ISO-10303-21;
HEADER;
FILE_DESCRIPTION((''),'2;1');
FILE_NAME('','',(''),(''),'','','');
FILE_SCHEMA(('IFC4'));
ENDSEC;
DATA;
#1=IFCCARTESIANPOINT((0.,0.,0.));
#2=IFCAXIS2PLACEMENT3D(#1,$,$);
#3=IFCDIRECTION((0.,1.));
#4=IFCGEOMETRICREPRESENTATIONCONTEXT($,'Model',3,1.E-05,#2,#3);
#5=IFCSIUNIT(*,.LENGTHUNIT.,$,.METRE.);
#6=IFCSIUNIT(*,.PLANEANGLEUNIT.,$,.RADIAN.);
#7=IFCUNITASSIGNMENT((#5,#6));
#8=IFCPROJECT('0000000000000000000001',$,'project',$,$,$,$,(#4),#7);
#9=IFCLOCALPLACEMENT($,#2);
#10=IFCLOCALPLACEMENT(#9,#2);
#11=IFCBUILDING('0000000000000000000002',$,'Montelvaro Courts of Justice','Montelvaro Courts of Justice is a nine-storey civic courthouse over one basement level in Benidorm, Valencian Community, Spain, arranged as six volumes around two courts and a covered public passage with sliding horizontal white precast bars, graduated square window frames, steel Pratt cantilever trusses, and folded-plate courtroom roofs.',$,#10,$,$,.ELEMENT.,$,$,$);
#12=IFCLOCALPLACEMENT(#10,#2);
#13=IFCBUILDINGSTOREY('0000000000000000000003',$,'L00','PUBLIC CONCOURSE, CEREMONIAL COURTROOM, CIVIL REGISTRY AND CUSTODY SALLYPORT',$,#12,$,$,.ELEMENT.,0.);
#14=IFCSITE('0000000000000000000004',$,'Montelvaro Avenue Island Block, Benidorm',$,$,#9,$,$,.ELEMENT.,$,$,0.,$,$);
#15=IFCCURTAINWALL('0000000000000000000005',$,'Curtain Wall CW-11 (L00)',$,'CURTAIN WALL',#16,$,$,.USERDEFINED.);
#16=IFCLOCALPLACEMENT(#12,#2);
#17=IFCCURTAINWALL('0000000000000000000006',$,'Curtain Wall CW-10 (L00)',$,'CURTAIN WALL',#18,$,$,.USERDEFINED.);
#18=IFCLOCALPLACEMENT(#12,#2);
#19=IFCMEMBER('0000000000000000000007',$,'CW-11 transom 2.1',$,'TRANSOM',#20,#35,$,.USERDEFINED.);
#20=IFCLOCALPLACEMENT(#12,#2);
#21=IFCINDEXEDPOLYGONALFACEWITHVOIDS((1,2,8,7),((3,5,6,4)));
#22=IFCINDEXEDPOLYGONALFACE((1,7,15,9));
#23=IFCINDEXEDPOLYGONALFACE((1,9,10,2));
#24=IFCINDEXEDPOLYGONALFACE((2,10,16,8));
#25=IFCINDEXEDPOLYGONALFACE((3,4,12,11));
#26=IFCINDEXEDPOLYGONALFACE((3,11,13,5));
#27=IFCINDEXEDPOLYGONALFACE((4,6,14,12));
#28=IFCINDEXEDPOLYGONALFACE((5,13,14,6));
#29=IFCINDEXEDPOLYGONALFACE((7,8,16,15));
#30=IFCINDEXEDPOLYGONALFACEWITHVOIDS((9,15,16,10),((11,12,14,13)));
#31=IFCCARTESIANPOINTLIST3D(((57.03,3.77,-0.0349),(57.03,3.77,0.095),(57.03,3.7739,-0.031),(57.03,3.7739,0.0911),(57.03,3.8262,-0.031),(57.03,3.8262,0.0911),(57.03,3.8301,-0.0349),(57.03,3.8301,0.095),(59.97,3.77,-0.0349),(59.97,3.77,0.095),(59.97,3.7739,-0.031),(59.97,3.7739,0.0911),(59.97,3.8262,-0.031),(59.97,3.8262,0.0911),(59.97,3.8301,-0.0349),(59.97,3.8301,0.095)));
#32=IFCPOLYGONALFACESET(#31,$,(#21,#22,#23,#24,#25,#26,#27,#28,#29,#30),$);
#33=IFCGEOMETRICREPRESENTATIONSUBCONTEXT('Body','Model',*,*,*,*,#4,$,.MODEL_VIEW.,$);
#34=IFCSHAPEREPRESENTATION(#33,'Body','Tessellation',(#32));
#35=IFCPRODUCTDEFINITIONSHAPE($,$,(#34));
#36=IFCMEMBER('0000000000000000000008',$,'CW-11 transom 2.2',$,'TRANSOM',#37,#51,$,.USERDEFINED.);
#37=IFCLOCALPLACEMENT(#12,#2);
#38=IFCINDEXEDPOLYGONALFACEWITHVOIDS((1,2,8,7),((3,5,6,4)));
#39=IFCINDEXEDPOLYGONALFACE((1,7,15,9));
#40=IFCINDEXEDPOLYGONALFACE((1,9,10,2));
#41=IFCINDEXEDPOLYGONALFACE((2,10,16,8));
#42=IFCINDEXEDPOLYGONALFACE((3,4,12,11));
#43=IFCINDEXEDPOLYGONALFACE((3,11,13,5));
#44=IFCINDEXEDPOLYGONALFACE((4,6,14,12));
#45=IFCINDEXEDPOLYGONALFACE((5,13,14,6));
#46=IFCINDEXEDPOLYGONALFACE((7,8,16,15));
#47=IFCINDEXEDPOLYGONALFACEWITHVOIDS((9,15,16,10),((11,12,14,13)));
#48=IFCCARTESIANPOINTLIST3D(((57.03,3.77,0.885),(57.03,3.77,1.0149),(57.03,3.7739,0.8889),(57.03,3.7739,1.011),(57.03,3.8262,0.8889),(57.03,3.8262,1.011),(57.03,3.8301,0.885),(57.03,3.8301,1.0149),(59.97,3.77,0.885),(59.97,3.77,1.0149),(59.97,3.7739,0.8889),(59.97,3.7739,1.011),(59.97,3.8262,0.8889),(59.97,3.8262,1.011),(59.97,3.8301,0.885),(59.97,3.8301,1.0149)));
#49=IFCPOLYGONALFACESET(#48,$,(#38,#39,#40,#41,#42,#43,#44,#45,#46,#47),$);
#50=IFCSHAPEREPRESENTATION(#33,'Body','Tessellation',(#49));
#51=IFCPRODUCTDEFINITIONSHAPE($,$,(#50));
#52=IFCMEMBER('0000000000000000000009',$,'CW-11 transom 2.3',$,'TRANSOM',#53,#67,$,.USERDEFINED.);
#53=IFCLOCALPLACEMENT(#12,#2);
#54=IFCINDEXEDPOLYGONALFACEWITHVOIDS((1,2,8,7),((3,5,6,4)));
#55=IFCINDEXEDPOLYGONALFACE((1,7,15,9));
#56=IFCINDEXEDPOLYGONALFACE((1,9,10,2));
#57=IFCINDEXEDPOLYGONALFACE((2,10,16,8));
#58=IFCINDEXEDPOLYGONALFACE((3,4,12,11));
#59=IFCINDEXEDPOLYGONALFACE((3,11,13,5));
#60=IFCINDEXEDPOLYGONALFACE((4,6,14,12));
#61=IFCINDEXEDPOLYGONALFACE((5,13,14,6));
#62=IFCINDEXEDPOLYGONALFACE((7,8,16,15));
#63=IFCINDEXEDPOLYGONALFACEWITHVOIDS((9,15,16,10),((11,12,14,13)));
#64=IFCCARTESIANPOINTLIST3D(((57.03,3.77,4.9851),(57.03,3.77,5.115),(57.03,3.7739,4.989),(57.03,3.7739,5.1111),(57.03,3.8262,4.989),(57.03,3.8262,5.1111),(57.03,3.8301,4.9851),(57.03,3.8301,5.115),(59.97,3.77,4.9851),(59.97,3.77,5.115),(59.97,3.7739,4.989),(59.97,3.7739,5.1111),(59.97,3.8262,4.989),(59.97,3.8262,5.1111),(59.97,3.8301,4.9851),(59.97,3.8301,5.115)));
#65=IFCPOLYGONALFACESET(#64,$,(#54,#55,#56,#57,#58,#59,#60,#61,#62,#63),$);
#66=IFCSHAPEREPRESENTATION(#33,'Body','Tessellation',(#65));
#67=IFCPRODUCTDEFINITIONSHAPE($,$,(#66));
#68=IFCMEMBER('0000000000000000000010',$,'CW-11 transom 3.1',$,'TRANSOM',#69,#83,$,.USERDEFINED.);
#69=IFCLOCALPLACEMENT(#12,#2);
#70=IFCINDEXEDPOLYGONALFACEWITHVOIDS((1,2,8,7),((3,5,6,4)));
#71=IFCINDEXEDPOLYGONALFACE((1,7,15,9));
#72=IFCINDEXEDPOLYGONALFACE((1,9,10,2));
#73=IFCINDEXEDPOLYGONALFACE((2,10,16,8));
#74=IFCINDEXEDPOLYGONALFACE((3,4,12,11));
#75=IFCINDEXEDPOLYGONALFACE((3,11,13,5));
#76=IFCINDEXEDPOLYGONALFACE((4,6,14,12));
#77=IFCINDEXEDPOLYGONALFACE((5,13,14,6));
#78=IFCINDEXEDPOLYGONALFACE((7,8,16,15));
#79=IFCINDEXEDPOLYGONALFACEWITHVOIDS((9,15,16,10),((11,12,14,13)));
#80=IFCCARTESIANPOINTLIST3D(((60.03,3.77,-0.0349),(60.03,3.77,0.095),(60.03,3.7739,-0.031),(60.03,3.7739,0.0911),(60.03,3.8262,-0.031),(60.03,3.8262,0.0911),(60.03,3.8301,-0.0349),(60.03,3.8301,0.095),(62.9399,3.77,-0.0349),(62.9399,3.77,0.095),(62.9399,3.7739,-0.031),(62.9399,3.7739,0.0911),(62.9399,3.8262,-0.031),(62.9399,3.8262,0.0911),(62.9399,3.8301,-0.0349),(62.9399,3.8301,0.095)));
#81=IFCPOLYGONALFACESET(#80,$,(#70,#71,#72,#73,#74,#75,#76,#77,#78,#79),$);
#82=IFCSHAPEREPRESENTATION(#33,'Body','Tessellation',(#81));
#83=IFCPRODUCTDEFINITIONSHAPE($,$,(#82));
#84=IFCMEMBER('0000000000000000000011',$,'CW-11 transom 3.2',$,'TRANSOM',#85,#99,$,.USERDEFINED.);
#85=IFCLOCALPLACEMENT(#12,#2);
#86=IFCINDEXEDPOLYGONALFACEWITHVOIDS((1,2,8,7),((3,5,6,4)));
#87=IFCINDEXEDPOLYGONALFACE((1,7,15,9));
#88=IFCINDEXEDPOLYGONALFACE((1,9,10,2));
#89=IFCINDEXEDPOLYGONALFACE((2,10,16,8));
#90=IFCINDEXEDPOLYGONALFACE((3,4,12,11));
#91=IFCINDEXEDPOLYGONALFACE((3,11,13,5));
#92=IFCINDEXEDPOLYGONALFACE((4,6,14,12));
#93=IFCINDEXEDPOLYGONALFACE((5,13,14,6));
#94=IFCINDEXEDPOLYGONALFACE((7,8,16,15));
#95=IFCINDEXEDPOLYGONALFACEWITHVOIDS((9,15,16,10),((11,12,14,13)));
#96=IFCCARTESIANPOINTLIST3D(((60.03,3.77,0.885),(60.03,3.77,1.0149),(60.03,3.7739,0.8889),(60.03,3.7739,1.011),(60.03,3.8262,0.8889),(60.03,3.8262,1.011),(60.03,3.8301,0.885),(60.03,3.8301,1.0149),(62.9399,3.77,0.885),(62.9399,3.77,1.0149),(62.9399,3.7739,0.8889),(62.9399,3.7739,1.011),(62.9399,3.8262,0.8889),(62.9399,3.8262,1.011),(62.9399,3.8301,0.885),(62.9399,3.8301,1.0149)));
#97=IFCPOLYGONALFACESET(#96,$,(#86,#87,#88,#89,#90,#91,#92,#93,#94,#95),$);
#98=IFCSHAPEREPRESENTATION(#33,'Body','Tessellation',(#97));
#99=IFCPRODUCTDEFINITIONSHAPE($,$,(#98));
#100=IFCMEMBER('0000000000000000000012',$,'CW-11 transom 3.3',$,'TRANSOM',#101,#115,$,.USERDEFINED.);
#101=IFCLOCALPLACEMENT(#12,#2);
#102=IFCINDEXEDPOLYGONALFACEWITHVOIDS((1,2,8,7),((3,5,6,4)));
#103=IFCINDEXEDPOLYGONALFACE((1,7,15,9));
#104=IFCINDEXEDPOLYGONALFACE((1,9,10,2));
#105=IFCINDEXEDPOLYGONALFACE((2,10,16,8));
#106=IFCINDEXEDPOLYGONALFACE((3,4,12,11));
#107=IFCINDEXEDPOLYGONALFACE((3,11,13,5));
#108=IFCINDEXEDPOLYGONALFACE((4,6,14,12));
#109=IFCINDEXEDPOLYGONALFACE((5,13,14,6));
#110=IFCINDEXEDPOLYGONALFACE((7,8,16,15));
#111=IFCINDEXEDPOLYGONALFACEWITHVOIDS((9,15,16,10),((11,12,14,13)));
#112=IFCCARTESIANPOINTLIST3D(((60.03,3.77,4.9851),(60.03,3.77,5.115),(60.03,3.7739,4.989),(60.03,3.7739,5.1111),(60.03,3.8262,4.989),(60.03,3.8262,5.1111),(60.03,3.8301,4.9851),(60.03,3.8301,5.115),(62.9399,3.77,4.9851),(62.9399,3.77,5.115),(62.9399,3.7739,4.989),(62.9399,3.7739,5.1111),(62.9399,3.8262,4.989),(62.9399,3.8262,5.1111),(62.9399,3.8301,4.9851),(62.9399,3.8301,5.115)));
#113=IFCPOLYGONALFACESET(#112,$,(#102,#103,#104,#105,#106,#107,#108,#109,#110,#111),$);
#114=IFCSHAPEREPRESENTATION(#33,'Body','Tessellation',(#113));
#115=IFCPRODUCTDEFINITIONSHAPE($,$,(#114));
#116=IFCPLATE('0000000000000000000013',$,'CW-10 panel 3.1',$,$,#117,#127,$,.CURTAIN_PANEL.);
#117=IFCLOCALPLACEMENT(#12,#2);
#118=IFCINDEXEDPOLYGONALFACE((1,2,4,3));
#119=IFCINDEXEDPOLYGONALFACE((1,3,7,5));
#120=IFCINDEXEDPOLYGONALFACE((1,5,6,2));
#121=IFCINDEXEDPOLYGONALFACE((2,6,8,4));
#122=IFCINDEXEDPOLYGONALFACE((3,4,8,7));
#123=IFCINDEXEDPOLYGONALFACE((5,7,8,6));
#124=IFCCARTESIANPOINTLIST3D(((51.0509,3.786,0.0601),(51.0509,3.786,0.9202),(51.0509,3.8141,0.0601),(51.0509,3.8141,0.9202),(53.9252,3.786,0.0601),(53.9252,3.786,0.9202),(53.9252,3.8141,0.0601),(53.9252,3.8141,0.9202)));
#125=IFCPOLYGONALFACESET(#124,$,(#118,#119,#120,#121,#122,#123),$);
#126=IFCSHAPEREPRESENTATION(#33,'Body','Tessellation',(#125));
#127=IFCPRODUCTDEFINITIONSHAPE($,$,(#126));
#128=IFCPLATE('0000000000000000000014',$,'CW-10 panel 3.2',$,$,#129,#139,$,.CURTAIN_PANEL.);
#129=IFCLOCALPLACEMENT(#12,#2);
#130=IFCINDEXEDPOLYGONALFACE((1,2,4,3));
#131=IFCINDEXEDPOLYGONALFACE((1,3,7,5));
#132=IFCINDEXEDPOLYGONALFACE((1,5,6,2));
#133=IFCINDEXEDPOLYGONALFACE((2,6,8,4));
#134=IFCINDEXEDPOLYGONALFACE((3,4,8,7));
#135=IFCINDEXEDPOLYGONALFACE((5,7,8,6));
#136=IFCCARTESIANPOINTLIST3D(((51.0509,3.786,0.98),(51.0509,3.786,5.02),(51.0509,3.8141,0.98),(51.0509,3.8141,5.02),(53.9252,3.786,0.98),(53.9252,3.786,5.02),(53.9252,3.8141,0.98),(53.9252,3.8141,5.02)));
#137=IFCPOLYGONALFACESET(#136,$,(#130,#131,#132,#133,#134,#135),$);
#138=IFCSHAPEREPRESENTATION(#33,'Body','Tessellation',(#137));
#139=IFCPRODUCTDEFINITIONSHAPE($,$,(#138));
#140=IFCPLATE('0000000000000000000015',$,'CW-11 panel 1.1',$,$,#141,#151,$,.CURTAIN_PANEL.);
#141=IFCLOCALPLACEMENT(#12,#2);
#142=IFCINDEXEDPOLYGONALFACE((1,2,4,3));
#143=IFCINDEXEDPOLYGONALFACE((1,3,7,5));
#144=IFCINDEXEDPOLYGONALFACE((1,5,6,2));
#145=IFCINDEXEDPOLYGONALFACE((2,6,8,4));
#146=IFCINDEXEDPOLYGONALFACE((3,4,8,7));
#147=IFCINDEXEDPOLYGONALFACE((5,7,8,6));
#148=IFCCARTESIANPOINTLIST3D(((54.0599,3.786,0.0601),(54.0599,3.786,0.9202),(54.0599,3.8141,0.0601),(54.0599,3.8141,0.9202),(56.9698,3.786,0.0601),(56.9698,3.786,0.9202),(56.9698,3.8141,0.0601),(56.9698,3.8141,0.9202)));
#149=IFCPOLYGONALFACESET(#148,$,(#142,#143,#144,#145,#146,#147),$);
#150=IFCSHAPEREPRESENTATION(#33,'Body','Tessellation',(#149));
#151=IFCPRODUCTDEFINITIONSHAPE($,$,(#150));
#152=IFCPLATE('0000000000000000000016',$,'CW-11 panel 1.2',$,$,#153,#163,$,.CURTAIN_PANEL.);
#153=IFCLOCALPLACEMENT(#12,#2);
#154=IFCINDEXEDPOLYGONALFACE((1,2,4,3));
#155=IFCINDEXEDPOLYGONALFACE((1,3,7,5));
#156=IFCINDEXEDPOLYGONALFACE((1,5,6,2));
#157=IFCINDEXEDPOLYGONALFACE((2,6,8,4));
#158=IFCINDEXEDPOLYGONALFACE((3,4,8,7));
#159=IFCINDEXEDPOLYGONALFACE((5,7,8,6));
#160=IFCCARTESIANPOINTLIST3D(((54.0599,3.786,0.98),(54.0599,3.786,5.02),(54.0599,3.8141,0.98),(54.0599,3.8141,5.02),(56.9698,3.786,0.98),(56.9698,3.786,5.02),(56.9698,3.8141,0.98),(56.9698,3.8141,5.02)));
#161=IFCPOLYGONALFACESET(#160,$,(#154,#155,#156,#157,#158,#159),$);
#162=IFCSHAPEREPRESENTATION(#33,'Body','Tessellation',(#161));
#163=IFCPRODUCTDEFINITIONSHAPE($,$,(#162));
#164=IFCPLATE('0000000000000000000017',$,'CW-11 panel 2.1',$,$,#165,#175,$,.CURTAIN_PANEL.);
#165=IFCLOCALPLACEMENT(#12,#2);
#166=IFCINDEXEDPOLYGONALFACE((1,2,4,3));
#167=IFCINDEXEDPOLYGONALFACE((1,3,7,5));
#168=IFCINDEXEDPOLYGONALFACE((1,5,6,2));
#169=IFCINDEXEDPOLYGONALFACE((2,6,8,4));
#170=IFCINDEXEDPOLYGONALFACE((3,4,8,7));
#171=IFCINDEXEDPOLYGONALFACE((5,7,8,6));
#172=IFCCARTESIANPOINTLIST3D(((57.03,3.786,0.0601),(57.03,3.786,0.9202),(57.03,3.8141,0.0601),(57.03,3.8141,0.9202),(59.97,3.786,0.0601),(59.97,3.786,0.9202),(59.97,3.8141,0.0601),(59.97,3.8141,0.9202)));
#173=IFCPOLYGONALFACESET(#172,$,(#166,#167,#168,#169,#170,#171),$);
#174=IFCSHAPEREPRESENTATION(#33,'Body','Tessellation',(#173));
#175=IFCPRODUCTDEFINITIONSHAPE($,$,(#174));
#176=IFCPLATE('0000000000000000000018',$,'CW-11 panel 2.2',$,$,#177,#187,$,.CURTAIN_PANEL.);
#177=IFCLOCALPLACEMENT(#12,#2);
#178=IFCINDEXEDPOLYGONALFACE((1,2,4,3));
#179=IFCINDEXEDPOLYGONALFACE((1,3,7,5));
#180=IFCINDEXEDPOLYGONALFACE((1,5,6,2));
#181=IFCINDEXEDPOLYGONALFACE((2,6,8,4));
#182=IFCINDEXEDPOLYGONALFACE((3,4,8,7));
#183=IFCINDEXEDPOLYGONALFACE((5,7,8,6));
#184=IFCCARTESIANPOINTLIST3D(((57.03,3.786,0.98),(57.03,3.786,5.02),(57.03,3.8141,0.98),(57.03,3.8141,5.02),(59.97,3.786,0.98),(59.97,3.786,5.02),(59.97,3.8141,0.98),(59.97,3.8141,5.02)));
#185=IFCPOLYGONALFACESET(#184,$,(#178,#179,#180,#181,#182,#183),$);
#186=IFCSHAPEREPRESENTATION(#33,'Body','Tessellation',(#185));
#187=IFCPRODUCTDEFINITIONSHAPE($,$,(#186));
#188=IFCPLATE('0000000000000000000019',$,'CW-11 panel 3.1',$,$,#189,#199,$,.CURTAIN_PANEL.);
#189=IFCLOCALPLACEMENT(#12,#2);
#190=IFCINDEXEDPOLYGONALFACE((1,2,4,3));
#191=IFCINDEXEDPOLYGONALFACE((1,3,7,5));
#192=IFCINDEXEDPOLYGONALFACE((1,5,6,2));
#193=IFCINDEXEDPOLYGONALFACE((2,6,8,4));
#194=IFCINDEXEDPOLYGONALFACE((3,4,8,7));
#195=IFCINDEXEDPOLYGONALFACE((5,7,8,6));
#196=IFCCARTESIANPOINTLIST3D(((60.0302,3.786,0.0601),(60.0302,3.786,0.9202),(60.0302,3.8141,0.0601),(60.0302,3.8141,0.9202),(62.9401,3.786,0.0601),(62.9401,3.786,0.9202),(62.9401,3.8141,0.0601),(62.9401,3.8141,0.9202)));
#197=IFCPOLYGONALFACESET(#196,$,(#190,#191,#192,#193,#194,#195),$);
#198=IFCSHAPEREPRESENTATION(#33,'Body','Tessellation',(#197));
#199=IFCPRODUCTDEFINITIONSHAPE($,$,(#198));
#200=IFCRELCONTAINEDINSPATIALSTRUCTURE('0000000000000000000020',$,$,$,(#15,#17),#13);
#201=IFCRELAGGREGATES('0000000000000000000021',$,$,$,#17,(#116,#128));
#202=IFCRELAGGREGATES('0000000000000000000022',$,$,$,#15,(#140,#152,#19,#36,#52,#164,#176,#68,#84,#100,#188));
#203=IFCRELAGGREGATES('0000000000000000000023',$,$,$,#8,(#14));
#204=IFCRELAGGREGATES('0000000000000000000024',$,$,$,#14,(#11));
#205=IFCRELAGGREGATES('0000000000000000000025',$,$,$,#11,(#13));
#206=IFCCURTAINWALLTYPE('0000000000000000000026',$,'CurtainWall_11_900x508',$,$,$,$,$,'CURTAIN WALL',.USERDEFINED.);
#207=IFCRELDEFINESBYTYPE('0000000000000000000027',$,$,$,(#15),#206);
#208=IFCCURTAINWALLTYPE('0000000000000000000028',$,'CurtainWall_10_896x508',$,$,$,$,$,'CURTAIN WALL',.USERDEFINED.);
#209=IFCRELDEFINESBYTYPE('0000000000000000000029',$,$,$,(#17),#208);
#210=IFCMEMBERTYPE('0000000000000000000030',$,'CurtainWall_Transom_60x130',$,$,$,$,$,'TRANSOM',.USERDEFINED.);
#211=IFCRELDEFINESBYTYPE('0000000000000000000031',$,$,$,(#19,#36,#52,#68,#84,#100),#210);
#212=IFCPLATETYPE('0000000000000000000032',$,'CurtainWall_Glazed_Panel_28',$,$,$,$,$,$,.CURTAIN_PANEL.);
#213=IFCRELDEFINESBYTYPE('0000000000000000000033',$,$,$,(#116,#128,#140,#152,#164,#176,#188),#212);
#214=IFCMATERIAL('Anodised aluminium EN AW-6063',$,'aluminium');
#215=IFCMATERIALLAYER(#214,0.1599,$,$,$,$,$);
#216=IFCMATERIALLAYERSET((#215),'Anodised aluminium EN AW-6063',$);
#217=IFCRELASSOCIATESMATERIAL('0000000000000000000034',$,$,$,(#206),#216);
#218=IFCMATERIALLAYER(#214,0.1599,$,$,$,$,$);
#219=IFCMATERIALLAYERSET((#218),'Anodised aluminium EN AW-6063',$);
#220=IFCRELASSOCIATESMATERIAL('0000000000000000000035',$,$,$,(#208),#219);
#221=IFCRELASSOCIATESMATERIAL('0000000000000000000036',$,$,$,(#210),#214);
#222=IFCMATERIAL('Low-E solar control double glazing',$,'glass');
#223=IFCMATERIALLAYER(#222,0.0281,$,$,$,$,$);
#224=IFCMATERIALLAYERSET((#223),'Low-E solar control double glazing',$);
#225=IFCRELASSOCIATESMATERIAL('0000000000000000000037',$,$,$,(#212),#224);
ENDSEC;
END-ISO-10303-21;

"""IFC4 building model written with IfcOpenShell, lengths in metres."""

from ifc_helpers import new_model, si_unit, direction, frame, origin, origin_2d, place, context, subcontext, project, spatial, rectangle, hollow_rectangle, extrude, material, layer, layer_set, material_profile, profile_set, type_object, element, aggregate, save


model = new_model("IFC4")

# Units and contexts
model_context = context("Model", 3, precision=1e-05, world=origin(), true_north=direction((0.0, 1.0)))
body_context = subcontext(model_context, "Body", "Model", "MODEL_VIEW")
ifc_project = project(units=[si_unit("LENGTHUNIT", "METRE"), si_unit("PLANEANGLEUNIT", "RADIAN")], contexts=[model_context])

# Site, building, storey
site_placement = place(None, origin())
site = spatial("IfcSite", under=ifc_project, at=site_placement, Name="Montelvaro Avenue Island Block, Benidorm", CompositionType="ELEMENT", RefElevation=0.0)
building_placement = place(site_placement, origin())
building = spatial("IfcBuilding", under=site, at=building_placement, Name="Montelvaro Courts of Justice", Description="Montelvaro Courts of Justice is a nine-storey civic courthouse over one basement level in Benidorm, Valencian Community, Spain, arranged as six volumes around two courts and a covered public passage with sliding horizontal white precast bars, graduated square window frames, steel Pratt cantilever trusses, and folded-plate courtroom roofs.", CompositionType="ELEMENT")
storey_placement = place(building_placement, origin())
storey = spatial("IfcBuildingStorey", under=building, at=storey_placement, Name="L00", Description="PUBLIC CONCOURSE, CEREMONIAL COURTROOM, CIVIL REGISTRY AND CUSTODY SALLYPORT", CompositionType="ELEMENT", Elevation=0.0)

# Curtain walls
ifc_material_1 = material(Name="Anodised aluminium EN AW-6063", Category="aluminium")
ifc_layer_1 = layer(ifc_material_1, 0.1599)
ifc_layer_set_1 = layer_set([ifc_layer_1], Name="Anodised aluminium EN AW-6063")
curtain_wall_type_1 = type_object("IfcCurtainWallType", Name="CurtainWall_11_900x508", ElementType="CURTAIN WALL", PredefinedType="USERDEFINED", material=ifc_layer_set_1)
curtain_wall_1_placement = place(storey_placement, origin())
curtain_wall_1 = element("IfcCurtainWall", 1, at=curtain_wall_1_placement, inside=storey, type_object=curtain_wall_type_1, Name="Curtain Wall CW-11 (L00)", ObjectType="CURTAIN WALL", PredefinedType="USERDEFINED")
ifc_layer_2 = layer(ifc_material_1, 0.1599)
ifc_layer_set_2 = layer_set([ifc_layer_2], Name="Anodised aluminium EN AW-6063")
curtain_wall_type_2 = type_object("IfcCurtainWallType", Name="CurtainWall_10_896x508", ElementType="CURTAIN WALL", PredefinedType="USERDEFINED", material=ifc_layer_set_2)
curtain_wall_2_placement = place(storey_placement, origin())
curtain_wall_2 = element("IfcCurtainWall", 2, at=curtain_wall_2_placement, inside=storey, type_object=curtain_wall_type_2, Name="Curtain Wall CW-10 (L00)", ObjectType="CURTAIN WALL", PredefinedType="USERDEFINED")

# Members
ifc_material_profile_1 = material_profile(ifc_material_1, hollow_rectangle(XDim=0.0601, YDim=0.1299, WallThickness=0.0039, at=origin_2d()), Name="ALU-T 60x130")
ifc_profile_set_1 = profile_set([ifc_material_profile_1], Name="Anodised aluminium EN AW-6063")
member_type_1 = type_object("IfcMemberType", Name="CurtainWall_Transom_60x130", ElementType="TRANSOM", PredefinedType="USERDEFINED", material=ifc_profile_set_1)
member_1_placement = place(storey_placement, frame((57.03, 3.8, 0.03), z_axis=(1.0, 0.0, 0.0), x_axis=(0.0, 1.0, 0.0)))
member_1 = element("IfcMember", 3, at=member_1_placement, type_object=member_type_1, Name="CW-11 transom 2.1", ObjectType="TRANSOM", PredefinedType="USERDEFINED", context=body_context, shape_type="SweptSolid", body=[
    extrude(hollow_rectangle(XDim=0.0601, YDim=0.1299, WallThickness=0.0039, at=origin_2d()), origin(), (0.0, 0.0, 1.0), 2.9399),
])
member_2_placement = place(storey_placement, frame((57.03, 3.8, 0.95), z_axis=(1.0, 0.0, 0.0), x_axis=(0.0, 1.0, 0.0)))
member_2 = element("IfcMember", 4, at=member_2_placement, type_object=member_type_1, Name="CW-11 transom 2.2", ObjectType="TRANSOM", PredefinedType="USERDEFINED", context=body_context, shape_type="SweptSolid", body=[
    extrude(hollow_rectangle(XDim=0.0601, YDim=0.1299, WallThickness=0.0039, at=origin_2d()), origin(), (0.0, 0.0, 1.0), 2.9399),
])
member_3_placement = place(storey_placement, frame((57.03, 3.8, 5.05), z_axis=(1.0, 0.0, 0.0), x_axis=(0.0, 1.0, 0.0)))
member_3 = element("IfcMember", 5, at=member_3_placement, type_object=member_type_1, Name="CW-11 transom 2.3", ObjectType="TRANSOM", PredefinedType="USERDEFINED", context=body_context, shape_type="SweptSolid", body=[
    extrude(hollow_rectangle(XDim=0.0601, YDim=0.1299, WallThickness=0.0039, at=origin_2d()), origin(), (0.0, 0.0, 1.0), 2.9399),
])
member_4_placement = place(storey_placement, frame((60.03, 3.8, 0.03), z_axis=(1.0, 0.0, 0.0), x_axis=(0.0, 1.0, 0.0)))
member_4 = element("IfcMember", 6, at=member_4_placement, type_object=member_type_1, Name="CW-11 transom 3.1", ObjectType="TRANSOM", PredefinedType="USERDEFINED", context=body_context, shape_type="SweptSolid", body=[
    extrude(hollow_rectangle(XDim=0.0601, YDim=0.1299, WallThickness=0.0039, at=origin_2d()), origin(), (0.0, 0.0, 1.0), 2.9099),
])
member_5_placement = place(storey_placement, frame((60.03, 3.8, 0.95), z_axis=(1.0, 0.0, 0.0), x_axis=(0.0, 1.0, 0.0)))
member_5 = element("IfcMember", 7, at=member_5_placement, type_object=member_type_1, Name="CW-11 transom 3.2", ObjectType="TRANSOM", PredefinedType="USERDEFINED", context=body_context, shape_type="SweptSolid", body=[
    extrude(hollow_rectangle(XDim=0.0601, YDim=0.1299, WallThickness=0.0039, at=origin_2d()), origin(), (0.0, 0.0, 1.0), 2.9099),
])
member_6_placement = place(storey_placement, frame((60.03, 3.8, 5.05), z_axis=(1.0, 0.0, 0.0), x_axis=(0.0, 1.0, 0.0)))
member_6 = element("IfcMember", 8, at=member_6_placement, type_object=member_type_1, Name="CW-11 transom 3.3", ObjectType="TRANSOM", PredefinedType="USERDEFINED", context=body_context, shape_type="SweptSolid", body=[
    extrude(hollow_rectangle(XDim=0.0601, YDim=0.1299, WallThickness=0.0039, at=origin_2d()), origin(), (0.0, 0.0, 1.0), 2.9099),
])

# Plates
ifc_material_2 = material(Name="Low-E solar control double glazing", Category="glass")
ifc_layer_3 = layer(ifc_material_2, 0.0281)
ifc_layer_set_3 = layer_set([ifc_layer_3], Name="Low-E solar control double glazing")
plate_type = type_object("IfcPlateType", Name="CurtainWall_Glazed_Panel_28", PredefinedType="CURTAIN_PANEL", material=ifc_layer_set_3)
plate_1_placement = place(storey_placement, frame((52.488, 3.8, 0.0601), z_axis=(0.0, 0.0, 1.0), x_axis=(1.0, 0.0, 0.0)))
plate_1 = element("IfcPlate", 9, at=plate_1_placement, type_object=plate_type, Name="CW-10 panel 3.1", PredefinedType="CURTAIN_PANEL", context=body_context, shape_type="SweptSolid", body=[
    extrude(rectangle(XDim=2.8743, YDim=0.0281, at=origin_2d()), origin(), (0.0, 0.0, 1.0), 0.8601),
])
plate_2_placement = place(storey_placement, frame((52.488, 3.8, 0.98), z_axis=(0.0, 0.0, 1.0), x_axis=(1.0, 0.0, 0.0)))
plate_2 = element("IfcPlate", 10, at=plate_2_placement, type_object=plate_type, Name="CW-10 panel 3.2", PredefinedType="CURTAIN_PANEL", context=body_context, shape_type="SweptSolid", body=[
    extrude(rectangle(XDim=2.8743, YDim=0.0281, at=origin_2d()), origin(), (0.0, 0.0, 1.0), 4.04),
])
aggregate(curtain_wall_2, [plate_1, plate_2])
plate_3_placement = place(storey_placement, frame((55.5149, 3.8, 0.0601), z_axis=(0.0, 0.0, 1.0), x_axis=(1.0, 0.0, 0.0)))
plate_3 = element("IfcPlate", 11, at=plate_3_placement, type_object=plate_type, Name="CW-11 panel 1.1", PredefinedType="CURTAIN_PANEL", context=body_context, shape_type="SweptSolid", body=[
    extrude(rectangle(XDim=2.9099, YDim=0.0281, at=origin_2d()), origin(), (0.0, 0.0, 1.0), 0.8601),
])
plate_4_placement = place(storey_placement, frame((55.5149, 3.8, 0.98), z_axis=(0.0, 0.0, 1.0), x_axis=(1.0, 0.0, 0.0)))
plate_4 = element("IfcPlate", 12, at=plate_4_placement, type_object=plate_type, Name="CW-11 panel 1.2", PredefinedType="CURTAIN_PANEL", context=body_context, shape_type="SweptSolid", body=[
    extrude(rectangle(XDim=2.9099, YDim=0.0281, at=origin_2d()), origin(), (0.0, 0.0, 1.0), 4.04),
])
plate_5_placement = place(storey_placement, frame((58.5, 3.8, 0.0601), z_axis=(0.0, 0.0, 1.0), x_axis=(1.0, 0.0, 0.0)))
plate_5 = element("IfcPlate", 13, at=plate_5_placement, type_object=plate_type, Name="CW-11 panel 2.1", PredefinedType="CURTAIN_PANEL", context=body_context, shape_type="SweptSolid", body=[
    extrude(rectangle(XDim=2.9399, YDim=0.0281, at=origin_2d()), origin(), (0.0, 0.0, 1.0), 0.8601),
])
plate_6_placement = place(storey_placement, frame((58.5, 3.8, 0.98), z_axis=(0.0, 0.0, 1.0), x_axis=(1.0, 0.0, 0.0)))
plate_6 = element("IfcPlate", 14, at=plate_6_placement, type_object=plate_type, Name="CW-11 panel 2.2", PredefinedType="CURTAIN_PANEL", context=body_context, shape_type="SweptSolid", body=[
    extrude(rectangle(XDim=2.9399, YDim=0.0281, at=origin_2d()), origin(), (0.0, 0.0, 1.0), 4.04),
])
plate_7_placement = place(storey_placement, frame((61.4851, 3.8, 0.0601), z_axis=(0.0, 0.0, 1.0), x_axis=(1.0, 0.0, 0.0)))
plate_7 = element("IfcPlate", 15, at=plate_7_placement, type_object=plate_type, Name="CW-11 panel 3.1", PredefinedType="CURTAIN_PANEL", context=body_context, shape_type="SweptSolid", body=[
    extrude(rectangle(XDim=2.9099, YDim=0.0281, at=origin_2d()), origin(), (0.0, 0.0, 1.0), 0.8601),
])
aggregate(curtain_wall_1, [plate_3, plate_4, member_1, member_2, member_3, plate_5, plate_6, member_4, member_5, member_6, plate_7])

save(model, "model.ifc")
